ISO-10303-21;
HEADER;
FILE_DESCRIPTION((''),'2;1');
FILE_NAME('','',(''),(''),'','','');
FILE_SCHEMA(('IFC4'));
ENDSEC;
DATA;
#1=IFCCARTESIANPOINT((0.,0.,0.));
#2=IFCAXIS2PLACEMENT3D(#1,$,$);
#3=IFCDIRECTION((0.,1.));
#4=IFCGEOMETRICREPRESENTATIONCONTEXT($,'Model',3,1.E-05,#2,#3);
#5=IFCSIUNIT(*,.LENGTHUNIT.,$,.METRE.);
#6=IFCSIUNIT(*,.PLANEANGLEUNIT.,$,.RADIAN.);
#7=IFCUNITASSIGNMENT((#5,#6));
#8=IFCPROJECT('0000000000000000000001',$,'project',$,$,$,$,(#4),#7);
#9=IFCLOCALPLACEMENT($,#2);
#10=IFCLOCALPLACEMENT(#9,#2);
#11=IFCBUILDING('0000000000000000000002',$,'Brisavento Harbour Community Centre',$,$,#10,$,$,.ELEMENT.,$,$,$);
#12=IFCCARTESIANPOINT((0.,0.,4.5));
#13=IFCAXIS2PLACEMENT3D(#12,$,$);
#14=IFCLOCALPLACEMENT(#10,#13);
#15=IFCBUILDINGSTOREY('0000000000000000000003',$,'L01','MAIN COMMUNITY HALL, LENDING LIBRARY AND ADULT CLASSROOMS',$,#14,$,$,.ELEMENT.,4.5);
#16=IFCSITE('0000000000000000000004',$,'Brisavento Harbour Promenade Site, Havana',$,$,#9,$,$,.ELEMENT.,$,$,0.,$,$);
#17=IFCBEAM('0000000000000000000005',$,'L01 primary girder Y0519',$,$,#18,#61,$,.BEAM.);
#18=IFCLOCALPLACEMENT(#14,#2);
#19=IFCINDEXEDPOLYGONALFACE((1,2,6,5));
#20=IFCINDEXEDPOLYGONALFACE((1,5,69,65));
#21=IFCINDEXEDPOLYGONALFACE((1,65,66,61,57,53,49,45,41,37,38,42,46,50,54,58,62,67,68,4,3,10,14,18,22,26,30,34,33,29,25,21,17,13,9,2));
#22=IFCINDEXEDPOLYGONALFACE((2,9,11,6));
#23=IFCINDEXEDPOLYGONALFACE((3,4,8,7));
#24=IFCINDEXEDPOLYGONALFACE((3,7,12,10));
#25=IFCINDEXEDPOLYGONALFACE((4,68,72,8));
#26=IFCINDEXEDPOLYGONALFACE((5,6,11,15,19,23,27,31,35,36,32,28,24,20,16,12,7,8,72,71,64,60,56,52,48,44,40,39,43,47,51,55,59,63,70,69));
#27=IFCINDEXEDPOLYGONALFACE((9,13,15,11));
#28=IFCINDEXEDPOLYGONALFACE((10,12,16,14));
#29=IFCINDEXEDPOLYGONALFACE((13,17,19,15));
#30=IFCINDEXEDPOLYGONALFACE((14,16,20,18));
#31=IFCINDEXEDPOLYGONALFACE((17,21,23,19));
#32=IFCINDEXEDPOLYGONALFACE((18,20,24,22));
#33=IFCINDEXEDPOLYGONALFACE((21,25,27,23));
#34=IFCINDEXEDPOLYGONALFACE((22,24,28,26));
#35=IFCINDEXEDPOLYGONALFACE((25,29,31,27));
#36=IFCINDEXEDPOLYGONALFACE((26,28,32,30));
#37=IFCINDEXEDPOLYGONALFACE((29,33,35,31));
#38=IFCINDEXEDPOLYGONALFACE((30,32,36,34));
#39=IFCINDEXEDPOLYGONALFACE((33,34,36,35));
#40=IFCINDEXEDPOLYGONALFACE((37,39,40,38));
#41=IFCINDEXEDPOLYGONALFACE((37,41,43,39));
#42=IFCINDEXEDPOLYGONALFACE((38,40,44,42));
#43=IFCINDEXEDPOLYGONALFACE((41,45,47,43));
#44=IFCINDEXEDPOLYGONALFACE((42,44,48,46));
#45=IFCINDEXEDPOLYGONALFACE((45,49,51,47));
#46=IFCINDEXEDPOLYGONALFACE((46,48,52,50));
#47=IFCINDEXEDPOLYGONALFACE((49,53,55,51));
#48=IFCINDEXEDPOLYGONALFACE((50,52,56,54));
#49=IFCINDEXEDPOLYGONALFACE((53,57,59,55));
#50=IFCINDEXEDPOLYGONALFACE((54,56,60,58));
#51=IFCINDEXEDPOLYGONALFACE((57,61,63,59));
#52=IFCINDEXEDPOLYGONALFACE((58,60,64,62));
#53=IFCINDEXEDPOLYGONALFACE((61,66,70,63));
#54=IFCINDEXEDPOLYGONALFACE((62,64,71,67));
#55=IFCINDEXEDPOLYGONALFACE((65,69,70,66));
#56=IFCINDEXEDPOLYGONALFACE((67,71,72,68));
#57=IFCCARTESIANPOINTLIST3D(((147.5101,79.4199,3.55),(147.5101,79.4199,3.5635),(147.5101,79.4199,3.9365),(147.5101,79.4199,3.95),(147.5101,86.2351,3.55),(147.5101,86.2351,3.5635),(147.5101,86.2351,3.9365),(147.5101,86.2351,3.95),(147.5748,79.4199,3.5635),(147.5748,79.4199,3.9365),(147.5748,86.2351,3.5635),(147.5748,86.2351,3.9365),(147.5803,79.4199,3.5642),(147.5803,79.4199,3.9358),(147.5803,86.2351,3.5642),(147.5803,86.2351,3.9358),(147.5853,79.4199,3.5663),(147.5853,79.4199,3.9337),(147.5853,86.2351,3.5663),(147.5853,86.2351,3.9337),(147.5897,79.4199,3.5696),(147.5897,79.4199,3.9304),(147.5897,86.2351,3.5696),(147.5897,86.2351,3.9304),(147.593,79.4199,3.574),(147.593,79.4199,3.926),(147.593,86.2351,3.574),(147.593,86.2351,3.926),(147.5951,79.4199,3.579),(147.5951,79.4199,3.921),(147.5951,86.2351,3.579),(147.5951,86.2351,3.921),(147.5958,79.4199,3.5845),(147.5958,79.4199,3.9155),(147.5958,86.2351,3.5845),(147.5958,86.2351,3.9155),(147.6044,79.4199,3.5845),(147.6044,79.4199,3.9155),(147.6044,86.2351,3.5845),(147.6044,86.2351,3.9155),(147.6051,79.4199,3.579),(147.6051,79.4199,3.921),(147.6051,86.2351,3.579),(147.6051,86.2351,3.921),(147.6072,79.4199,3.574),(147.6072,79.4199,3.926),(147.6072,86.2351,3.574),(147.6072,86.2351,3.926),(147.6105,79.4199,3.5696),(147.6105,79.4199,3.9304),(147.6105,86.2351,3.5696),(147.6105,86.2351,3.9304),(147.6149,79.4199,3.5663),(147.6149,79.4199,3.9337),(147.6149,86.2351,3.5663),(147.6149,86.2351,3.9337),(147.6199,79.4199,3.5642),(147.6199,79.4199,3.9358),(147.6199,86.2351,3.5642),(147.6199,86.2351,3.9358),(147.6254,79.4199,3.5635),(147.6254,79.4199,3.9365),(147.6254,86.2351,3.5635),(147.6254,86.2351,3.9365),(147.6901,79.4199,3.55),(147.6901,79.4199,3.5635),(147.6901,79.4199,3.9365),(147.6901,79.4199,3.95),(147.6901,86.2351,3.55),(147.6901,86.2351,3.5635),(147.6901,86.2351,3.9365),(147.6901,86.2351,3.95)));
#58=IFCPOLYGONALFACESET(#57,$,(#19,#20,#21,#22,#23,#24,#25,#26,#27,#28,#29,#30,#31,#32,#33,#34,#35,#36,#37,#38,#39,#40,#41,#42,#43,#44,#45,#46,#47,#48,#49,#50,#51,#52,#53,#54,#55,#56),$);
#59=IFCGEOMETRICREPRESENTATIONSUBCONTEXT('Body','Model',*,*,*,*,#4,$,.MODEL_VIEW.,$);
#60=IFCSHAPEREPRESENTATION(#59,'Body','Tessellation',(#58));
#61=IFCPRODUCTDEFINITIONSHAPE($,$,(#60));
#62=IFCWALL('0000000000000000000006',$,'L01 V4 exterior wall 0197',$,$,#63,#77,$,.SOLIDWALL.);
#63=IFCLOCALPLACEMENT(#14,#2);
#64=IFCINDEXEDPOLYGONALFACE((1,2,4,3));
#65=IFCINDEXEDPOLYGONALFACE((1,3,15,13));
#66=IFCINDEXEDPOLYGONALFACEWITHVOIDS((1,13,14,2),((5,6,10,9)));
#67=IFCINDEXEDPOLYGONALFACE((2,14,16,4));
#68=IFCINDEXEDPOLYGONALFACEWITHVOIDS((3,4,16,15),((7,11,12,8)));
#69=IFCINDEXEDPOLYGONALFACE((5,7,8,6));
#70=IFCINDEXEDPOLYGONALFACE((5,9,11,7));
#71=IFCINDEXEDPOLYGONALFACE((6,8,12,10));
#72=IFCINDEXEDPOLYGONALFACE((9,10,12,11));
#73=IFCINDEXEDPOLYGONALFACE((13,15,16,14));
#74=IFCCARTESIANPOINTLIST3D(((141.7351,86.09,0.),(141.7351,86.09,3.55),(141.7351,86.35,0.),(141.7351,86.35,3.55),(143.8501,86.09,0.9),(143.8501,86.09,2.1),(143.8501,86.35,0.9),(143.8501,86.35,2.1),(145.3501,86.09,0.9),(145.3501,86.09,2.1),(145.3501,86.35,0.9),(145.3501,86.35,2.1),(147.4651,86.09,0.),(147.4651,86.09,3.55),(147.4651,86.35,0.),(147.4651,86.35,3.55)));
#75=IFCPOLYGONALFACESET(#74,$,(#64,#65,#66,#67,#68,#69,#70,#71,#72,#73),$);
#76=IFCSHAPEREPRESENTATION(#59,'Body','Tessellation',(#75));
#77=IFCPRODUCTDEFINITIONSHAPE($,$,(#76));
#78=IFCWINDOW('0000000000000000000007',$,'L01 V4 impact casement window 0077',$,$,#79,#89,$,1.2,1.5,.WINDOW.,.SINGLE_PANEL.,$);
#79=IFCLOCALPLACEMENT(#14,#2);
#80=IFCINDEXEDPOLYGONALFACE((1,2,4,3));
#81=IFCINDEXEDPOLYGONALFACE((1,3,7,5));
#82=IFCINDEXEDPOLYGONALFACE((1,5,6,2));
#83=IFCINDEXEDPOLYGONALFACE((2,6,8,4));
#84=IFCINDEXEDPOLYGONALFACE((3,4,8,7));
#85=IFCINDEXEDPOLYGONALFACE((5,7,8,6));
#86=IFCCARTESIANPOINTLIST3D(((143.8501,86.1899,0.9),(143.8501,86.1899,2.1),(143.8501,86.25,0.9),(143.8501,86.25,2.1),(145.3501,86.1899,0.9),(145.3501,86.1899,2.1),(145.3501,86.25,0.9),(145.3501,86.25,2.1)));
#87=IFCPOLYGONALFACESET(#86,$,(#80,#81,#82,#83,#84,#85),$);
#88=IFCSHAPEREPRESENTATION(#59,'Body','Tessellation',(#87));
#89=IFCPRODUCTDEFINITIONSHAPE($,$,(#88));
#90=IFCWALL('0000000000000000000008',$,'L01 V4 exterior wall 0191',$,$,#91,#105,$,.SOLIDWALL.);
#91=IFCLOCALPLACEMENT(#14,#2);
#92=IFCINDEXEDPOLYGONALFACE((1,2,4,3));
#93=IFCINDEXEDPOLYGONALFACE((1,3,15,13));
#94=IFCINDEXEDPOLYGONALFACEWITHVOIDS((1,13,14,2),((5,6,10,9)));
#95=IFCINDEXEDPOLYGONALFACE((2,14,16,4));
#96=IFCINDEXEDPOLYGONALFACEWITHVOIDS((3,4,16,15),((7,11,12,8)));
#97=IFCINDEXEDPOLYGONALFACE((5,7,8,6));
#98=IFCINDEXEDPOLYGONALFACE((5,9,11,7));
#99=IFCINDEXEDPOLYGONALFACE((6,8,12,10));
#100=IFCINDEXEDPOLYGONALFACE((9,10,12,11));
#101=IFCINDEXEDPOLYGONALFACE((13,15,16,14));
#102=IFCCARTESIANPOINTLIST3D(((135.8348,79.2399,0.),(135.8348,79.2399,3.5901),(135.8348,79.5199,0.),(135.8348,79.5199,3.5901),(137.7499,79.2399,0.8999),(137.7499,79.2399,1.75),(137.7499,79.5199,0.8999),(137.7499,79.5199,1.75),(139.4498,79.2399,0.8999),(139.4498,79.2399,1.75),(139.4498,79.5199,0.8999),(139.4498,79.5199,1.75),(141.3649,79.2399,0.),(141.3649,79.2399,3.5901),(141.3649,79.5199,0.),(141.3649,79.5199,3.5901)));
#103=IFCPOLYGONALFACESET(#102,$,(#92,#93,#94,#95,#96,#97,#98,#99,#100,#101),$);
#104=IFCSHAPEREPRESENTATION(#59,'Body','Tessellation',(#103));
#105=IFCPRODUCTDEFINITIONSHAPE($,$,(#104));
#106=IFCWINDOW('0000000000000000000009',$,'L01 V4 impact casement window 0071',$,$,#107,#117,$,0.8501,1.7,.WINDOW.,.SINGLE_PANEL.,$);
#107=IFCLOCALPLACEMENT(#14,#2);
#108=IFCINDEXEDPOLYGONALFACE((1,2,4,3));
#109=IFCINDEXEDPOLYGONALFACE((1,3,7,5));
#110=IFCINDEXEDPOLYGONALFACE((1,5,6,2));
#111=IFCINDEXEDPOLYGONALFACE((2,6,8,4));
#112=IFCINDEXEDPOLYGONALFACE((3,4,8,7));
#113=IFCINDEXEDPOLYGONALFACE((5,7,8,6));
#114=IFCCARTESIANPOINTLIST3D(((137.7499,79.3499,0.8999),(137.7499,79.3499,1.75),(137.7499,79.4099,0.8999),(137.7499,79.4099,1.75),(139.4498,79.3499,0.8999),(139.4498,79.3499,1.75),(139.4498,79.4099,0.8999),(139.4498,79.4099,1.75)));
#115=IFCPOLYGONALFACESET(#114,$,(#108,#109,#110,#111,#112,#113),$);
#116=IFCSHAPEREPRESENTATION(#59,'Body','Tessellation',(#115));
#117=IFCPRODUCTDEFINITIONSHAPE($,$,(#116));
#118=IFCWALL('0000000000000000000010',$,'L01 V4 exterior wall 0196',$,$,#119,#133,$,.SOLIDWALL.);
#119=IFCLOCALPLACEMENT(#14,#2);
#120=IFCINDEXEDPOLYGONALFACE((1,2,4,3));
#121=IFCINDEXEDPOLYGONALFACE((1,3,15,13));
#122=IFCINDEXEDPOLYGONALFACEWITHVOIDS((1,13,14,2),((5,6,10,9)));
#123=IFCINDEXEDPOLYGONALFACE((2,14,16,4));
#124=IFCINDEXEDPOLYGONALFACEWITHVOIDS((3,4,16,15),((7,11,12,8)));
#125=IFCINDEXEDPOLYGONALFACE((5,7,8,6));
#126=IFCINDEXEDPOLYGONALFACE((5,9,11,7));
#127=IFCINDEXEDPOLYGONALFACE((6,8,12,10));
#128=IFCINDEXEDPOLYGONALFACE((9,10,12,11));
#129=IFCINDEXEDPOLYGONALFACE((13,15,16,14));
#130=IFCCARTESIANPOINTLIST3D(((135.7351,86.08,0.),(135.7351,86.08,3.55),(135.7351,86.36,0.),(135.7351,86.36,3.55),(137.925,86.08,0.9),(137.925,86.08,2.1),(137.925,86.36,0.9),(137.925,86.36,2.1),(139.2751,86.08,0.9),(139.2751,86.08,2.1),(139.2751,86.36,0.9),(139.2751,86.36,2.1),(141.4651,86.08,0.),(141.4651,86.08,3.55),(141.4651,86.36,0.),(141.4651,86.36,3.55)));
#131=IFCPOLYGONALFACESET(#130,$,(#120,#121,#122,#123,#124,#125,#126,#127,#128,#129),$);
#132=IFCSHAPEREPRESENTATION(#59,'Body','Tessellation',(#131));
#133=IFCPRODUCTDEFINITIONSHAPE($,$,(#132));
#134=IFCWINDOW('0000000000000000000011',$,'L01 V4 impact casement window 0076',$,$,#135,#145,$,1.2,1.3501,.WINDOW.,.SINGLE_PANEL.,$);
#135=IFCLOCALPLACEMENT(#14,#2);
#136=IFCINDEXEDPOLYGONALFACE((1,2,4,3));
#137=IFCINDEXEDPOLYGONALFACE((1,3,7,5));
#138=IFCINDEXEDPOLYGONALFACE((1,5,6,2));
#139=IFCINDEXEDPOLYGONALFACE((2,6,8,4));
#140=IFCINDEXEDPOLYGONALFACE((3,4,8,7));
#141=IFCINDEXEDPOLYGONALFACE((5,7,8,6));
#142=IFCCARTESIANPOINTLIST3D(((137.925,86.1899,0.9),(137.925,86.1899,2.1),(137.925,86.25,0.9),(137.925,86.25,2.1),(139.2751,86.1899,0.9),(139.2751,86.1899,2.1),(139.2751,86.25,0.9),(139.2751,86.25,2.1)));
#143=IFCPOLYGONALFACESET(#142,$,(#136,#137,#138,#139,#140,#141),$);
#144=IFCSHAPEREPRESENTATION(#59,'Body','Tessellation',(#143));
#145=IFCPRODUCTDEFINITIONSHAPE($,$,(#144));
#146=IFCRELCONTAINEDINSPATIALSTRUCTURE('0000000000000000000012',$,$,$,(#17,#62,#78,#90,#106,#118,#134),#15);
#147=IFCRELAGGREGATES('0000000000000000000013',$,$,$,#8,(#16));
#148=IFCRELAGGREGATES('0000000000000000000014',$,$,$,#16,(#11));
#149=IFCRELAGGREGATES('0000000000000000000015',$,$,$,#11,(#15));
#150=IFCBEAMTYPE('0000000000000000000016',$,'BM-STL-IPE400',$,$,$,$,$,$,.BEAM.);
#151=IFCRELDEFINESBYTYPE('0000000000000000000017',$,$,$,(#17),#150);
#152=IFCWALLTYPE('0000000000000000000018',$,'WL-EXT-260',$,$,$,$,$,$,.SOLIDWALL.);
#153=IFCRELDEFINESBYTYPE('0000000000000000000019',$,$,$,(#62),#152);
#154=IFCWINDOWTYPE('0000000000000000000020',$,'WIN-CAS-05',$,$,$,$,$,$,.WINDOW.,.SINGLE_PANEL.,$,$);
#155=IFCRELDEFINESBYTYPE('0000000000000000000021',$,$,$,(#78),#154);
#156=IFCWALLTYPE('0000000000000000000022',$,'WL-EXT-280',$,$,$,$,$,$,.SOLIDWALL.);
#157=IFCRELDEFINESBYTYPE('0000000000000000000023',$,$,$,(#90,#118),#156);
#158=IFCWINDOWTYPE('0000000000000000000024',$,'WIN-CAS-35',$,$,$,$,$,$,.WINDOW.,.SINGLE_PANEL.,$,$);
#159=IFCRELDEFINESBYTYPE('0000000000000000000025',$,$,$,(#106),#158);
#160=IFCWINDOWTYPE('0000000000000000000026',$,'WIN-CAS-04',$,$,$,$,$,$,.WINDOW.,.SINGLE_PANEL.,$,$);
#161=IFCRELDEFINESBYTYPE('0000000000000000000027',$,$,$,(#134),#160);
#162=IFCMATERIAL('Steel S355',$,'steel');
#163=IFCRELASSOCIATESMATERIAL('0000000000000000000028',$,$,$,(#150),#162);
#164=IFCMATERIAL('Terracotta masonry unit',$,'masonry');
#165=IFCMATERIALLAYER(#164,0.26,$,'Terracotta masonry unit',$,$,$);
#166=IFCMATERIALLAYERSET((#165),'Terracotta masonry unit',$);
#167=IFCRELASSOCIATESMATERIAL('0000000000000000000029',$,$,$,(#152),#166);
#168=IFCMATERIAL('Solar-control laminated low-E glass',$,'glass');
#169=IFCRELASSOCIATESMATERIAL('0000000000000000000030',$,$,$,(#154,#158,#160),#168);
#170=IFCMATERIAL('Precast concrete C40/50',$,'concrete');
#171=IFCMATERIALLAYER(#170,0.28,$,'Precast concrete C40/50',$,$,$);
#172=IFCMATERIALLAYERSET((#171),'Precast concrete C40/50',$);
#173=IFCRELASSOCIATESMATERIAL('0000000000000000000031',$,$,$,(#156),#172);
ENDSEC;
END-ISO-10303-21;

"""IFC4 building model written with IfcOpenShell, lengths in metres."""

from ifc_helpers import new_model, si_unit, direction, frame, frame_2d, origin, origin_2d, place, context, subcontext, project, spatial, rectangle, i_section, extrude, material, layer, layer_set, material_profile, profile_set, type_object, element, fill, save


model = new_model("IFC4")

# Units and contexts
model_context = context("Model", 3, precision=1e-05, world=origin(), true_north=direction((0.0, 1.0)))
body_context = subcontext(model_context, "Body", "Model", "MODEL_VIEW")
ifc_project = project(units=[si_unit("LENGTHUNIT", "METRE"), si_unit("PLANEANGLEUNIT", "RADIAN")], contexts=[model_context])

# Site, building, storey
site_placement = place(None, origin())
site = spatial("IfcSite", under=ifc_project, at=site_placement, Name="Brisavento Harbour Promenade Site, Havana", CompositionType="ELEMENT", RefElevation=0.0)
building_placement = place(site_placement, origin())
building = spatial("IfcBuilding", under=site, at=building_placement, Name="Brisavento Harbour Community Centre", CompositionType="ELEMENT")
storey_placement = place(building_placement, frame((0.0, 0.0, 4.5)))
storey = spatial("IfcBuildingStorey", under=building, at=storey_placement, Name="L01", Description="MAIN COMMUNITY HALL, LENDING LIBRARY AND ADULT CLASSROOMS", CompositionType="ELEMENT", Elevation=4.5)

# Shared definitions
ifc_material_1 = material(Name="Steel S355", Category="steel")

# Beam
ifc_material_profile_1 = material_profile(ifc_material_1, i_section(OverallWidth=0.1799, OverallDepth=0.3999, WebThickness=0.0085, FlangeThickness=0.0134, FilletRadius=0.021, at=origin_2d()), Name="Steel S355")
ifc_profile_set_1 = profile_set([ifc_material_profile_1], Name="Steel S355")
beam_type_1 = type_object("IfcBeamType", Name="BM-STL-IPE400", PredefinedType="BEAM", material=ifc_profile_set_1)
for number, where, z_axis, x_axis, name in (
    (1, (147.6001, 79.4199, 3.75), (0.0, 1.0, 0.0), (-1.0, 0.0, 0.0), "L01 primary girder Y0519"),
):
    element("IfcBeam", number, at=place(storey_placement, frame(where, z_axis=z_axis, x_axis=x_axis)), inside=storey, type_object=beam_type_1, Name=name, PredefinedType="BEAM", context=body_context, shape_type="SweptSolid", body=[
        extrude(i_section(OverallWidth=0.1799, OverallDepth=0.3999, WebThickness=0.0085, FlangeThickness=0.0134, FilletRadius=0.021, at=origin_2d()), origin(), (0.0, 0.0, 1.0), 6.8152),
    ])

# Walls, openings, windows
ifc_material_2 = material(Name="Terracotta masonry unit", Category="masonry")
ifc_layer_1 = layer(ifc_material_2, 0.26, Name="Terracotta masonry unit")
ifc_layer_set_1 = layer_set([ifc_layer_1], Name="Terracotta masonry unit")
wall_type_1 = type_object("IfcWallType", Name="WL-EXT-260", PredefinedType="SOLIDWALL", material=ifc_layer_set_1)
wall_1_placement = place(storey_placement, frame((141.7351, 86.22, 0.0), z_axis=(0.0, 0.0, 1.0), x_axis=(1.0, 0.0, 0.0)))
wall_1 = element("IfcWall", 2, at=wall_1_placement, inside=storey, type_object=wall_type_1, Name="L01 V4 exterior wall 0197", PredefinedType="SOLIDWALL", context=body_context, shape_type="SweptSolid", body=[
    extrude(rectangle(XDim=5.73, YDim=0.26, at=frame_2d((2.865, 0.0))), origin(), (0.0, 0.0, 1.0), 3.55),
])
opening_1_placement = place(wall_1_placement, frame((2.115, 0.0, 0.8999)))
opening_1 = element("IfcOpeningElement", 3, at=opening_1_placement, cuts=wall_1, PredefinedType="OPENING", context=body_context, shape_type="SweptSolid", body=[
    extrude(rectangle(XDim=1.5, YDim=1.2, at=frame_2d((0.75, 0.6001))), frame((0.0, 0.1401, 0.0), z_axis=(0.0, -1.0, 0.0), x_axis=(1.0, 0.0, 0.0)), (0.0, 0.0, 1.0), 0.28),
])
ifc_material_3 = material(Name="Solar-control laminated low-E glass", Category="glass")
window_type_1 = type_object("IfcWindowType", Name="WIN-CAS-05", PartitioningType="SINGLE_PANEL", PredefinedType="WINDOW", material=ifc_material_3)
window_1_placement = place(opening_1_placement, origin())
window_1 = element("IfcWindow", 4, at=window_1_placement, inside=storey, type_object=window_type_1, Name="L01 V4 impact casement window 0077", OverallHeight=1.2, OverallWidth=1.5, PartitioningType="SINGLE_PANEL", PredefinedType="WINDOW", context=body_context, shape_type="SweptSolid", body=[
    extrude(rectangle(XDim=1.5, YDim=1.2, at=frame_2d((0.75, 0.6001))), frame((0.0, 0.03, 0.0), z_axis=(0.0, -1.0, 0.0), x_axis=(1.0, 0.0, 0.0)), (0.0, 0.0, 1.0), 0.0601),
])
fill(opening_1, window_1)
ifc_material_4 = material(Name="Precast concrete C40/50", Category="concrete")
ifc_layer_2 = layer(ifc_material_4, 0.28, Name="Precast concrete C40/50")
ifc_layer_set_2 = layer_set([ifc_layer_2], Name="Precast concrete C40/50")
wall_type_2 = type_object("IfcWallType", Name="WL-EXT-280", PredefinedType="SOLIDWALL", material=ifc_layer_set_2)
wall_2_placement = place(storey_placement, frame((141.365, 79.3799, 0.0), z_axis=(0.0, 0.0, 1.0), x_axis=(-1.0, 0.0, 0.0)))
wall_2 = element("IfcWall", 5, at=wall_2_placement, inside=storey, type_object=wall_type_2, Name="L01 V4 exterior wall 0191", PredefinedType="SOLIDWALL", context=body_context, shape_type="SweptSolid", body=[
    extrude(rectangle(XDim=5.53, YDim=0.28, at=frame_2d((2.7651, 0.0))), origin(), (0.0, 0.0, 1.0), 3.5901),
])
opening_2_placement = place(wall_2_placement, frame((1.915, 0.0, 0.8999)))
opening_2 = element("IfcOpeningElement", 6, at=opening_2_placement, cuts=wall_2, PredefinedType="OPENING", context=body_context, shape_type="SweptSolid", body=[
    extrude(rectangle(XDim=1.7, YDim=0.8501, at=frame_2d((0.8501, 0.425))), frame((0.0, 0.1499, 0.0), z_axis=(0.0, -1.0, 0.0), x_axis=(1.0, 0.0, 0.0)), (0.0, 0.0, 1.0), 0.3),
])
window_type_2 = type_object("IfcWindowType", Name="WIN-CAS-35", PartitioningType="SINGLE_PANEL", PredefinedType="WINDOW", material=ifc_material_3)
window_2_placement = place(opening_2_placement, origin())
window_2 = element("IfcWindow", 7, at=window_2_placement, inside=storey, type_object=window_type_2, Name="L01 V4 impact casement window 0071", OverallHeight=0.8501, OverallWidth=1.7, PartitioningType="SINGLE_PANEL", PredefinedType="WINDOW", context=body_context, shape_type="SweptSolid", body=[
    extrude(rectangle(XDim=1.7, YDim=0.8501, at=frame_2d((0.8501, 0.425))), frame((0.0, 0.03, 0.0), z_axis=(0.0, -1.0, 0.0), x_axis=(1.0, 0.0, 0.0)), (0.0, 0.0, 1.0), 0.0601),
])
fill(opening_2, window_2)
wall_3_placement = place(storey_placement, frame((135.7351, 86.22, 0.0), z_axis=(0.0, 0.0, 1.0), x_axis=(1.0, 0.0, 0.0)))
wall_3 = element("IfcWall", 8, at=wall_3_placement, inside=storey, type_object=wall_type_2, Name="L01 V4 exterior wall 0196", PredefinedType="SOLIDWALL", context=body_context, shape_type="SweptSolid", body=[
    extrude(rectangle(XDim=5.73, YDim=0.28, at=frame_2d((2.865, 0.0))), origin(), (0.0, 0.0, 1.0), 3.55),
])
opening_3_placement = place(wall_3_placement, frame((2.1899, 0.0, 0.8999)))
opening_3 = element("IfcOpeningElement", 9, at=opening_3_placement, cuts=wall_3, PredefinedType="OPENING", context=body_context, shape_type="SweptSolid", body=[
    extrude(rectangle(XDim=1.3501, YDim=1.2, at=frame_2d((0.675, 0.6001))), frame((0.0, 0.1499, 0.0), z_axis=(0.0, -1.0, 0.0), x_axis=(1.0, 0.0, 0.0)), (0.0, 0.0, 1.0), 0.3),
])
window_type_3 = type_object("IfcWindowType", Name="WIN-CAS-04", PartitioningType="SINGLE_PANEL", PredefinedType="WINDOW", material=ifc_material_3)
window_3_placement = place(opening_3_placement, origin())
window_3 = element("IfcWindow", 10, at=window_3_placement, inside=storey, type_object=window_type_3, Name="L01 V4 impact casement window 0076", OverallHeight=1.2, OverallWidth=1.3501, PartitioningType="SINGLE_PANEL", PredefinedType="WINDOW", context=body_context, shape_type="SweptSolid", body=[
    extrude(rectangle(XDim=1.3501, YDim=1.2, at=frame_2d((0.675, 0.6001))), frame((0.0, 0.03, 0.0), z_axis=(0.0, -1.0, 0.0), x_axis=(1.0, 0.0, 0.0)), (0.0, 0.0, 1.0), 0.0601),
])
fill(opening_3, window_3)

save(model, "model.ifc")
